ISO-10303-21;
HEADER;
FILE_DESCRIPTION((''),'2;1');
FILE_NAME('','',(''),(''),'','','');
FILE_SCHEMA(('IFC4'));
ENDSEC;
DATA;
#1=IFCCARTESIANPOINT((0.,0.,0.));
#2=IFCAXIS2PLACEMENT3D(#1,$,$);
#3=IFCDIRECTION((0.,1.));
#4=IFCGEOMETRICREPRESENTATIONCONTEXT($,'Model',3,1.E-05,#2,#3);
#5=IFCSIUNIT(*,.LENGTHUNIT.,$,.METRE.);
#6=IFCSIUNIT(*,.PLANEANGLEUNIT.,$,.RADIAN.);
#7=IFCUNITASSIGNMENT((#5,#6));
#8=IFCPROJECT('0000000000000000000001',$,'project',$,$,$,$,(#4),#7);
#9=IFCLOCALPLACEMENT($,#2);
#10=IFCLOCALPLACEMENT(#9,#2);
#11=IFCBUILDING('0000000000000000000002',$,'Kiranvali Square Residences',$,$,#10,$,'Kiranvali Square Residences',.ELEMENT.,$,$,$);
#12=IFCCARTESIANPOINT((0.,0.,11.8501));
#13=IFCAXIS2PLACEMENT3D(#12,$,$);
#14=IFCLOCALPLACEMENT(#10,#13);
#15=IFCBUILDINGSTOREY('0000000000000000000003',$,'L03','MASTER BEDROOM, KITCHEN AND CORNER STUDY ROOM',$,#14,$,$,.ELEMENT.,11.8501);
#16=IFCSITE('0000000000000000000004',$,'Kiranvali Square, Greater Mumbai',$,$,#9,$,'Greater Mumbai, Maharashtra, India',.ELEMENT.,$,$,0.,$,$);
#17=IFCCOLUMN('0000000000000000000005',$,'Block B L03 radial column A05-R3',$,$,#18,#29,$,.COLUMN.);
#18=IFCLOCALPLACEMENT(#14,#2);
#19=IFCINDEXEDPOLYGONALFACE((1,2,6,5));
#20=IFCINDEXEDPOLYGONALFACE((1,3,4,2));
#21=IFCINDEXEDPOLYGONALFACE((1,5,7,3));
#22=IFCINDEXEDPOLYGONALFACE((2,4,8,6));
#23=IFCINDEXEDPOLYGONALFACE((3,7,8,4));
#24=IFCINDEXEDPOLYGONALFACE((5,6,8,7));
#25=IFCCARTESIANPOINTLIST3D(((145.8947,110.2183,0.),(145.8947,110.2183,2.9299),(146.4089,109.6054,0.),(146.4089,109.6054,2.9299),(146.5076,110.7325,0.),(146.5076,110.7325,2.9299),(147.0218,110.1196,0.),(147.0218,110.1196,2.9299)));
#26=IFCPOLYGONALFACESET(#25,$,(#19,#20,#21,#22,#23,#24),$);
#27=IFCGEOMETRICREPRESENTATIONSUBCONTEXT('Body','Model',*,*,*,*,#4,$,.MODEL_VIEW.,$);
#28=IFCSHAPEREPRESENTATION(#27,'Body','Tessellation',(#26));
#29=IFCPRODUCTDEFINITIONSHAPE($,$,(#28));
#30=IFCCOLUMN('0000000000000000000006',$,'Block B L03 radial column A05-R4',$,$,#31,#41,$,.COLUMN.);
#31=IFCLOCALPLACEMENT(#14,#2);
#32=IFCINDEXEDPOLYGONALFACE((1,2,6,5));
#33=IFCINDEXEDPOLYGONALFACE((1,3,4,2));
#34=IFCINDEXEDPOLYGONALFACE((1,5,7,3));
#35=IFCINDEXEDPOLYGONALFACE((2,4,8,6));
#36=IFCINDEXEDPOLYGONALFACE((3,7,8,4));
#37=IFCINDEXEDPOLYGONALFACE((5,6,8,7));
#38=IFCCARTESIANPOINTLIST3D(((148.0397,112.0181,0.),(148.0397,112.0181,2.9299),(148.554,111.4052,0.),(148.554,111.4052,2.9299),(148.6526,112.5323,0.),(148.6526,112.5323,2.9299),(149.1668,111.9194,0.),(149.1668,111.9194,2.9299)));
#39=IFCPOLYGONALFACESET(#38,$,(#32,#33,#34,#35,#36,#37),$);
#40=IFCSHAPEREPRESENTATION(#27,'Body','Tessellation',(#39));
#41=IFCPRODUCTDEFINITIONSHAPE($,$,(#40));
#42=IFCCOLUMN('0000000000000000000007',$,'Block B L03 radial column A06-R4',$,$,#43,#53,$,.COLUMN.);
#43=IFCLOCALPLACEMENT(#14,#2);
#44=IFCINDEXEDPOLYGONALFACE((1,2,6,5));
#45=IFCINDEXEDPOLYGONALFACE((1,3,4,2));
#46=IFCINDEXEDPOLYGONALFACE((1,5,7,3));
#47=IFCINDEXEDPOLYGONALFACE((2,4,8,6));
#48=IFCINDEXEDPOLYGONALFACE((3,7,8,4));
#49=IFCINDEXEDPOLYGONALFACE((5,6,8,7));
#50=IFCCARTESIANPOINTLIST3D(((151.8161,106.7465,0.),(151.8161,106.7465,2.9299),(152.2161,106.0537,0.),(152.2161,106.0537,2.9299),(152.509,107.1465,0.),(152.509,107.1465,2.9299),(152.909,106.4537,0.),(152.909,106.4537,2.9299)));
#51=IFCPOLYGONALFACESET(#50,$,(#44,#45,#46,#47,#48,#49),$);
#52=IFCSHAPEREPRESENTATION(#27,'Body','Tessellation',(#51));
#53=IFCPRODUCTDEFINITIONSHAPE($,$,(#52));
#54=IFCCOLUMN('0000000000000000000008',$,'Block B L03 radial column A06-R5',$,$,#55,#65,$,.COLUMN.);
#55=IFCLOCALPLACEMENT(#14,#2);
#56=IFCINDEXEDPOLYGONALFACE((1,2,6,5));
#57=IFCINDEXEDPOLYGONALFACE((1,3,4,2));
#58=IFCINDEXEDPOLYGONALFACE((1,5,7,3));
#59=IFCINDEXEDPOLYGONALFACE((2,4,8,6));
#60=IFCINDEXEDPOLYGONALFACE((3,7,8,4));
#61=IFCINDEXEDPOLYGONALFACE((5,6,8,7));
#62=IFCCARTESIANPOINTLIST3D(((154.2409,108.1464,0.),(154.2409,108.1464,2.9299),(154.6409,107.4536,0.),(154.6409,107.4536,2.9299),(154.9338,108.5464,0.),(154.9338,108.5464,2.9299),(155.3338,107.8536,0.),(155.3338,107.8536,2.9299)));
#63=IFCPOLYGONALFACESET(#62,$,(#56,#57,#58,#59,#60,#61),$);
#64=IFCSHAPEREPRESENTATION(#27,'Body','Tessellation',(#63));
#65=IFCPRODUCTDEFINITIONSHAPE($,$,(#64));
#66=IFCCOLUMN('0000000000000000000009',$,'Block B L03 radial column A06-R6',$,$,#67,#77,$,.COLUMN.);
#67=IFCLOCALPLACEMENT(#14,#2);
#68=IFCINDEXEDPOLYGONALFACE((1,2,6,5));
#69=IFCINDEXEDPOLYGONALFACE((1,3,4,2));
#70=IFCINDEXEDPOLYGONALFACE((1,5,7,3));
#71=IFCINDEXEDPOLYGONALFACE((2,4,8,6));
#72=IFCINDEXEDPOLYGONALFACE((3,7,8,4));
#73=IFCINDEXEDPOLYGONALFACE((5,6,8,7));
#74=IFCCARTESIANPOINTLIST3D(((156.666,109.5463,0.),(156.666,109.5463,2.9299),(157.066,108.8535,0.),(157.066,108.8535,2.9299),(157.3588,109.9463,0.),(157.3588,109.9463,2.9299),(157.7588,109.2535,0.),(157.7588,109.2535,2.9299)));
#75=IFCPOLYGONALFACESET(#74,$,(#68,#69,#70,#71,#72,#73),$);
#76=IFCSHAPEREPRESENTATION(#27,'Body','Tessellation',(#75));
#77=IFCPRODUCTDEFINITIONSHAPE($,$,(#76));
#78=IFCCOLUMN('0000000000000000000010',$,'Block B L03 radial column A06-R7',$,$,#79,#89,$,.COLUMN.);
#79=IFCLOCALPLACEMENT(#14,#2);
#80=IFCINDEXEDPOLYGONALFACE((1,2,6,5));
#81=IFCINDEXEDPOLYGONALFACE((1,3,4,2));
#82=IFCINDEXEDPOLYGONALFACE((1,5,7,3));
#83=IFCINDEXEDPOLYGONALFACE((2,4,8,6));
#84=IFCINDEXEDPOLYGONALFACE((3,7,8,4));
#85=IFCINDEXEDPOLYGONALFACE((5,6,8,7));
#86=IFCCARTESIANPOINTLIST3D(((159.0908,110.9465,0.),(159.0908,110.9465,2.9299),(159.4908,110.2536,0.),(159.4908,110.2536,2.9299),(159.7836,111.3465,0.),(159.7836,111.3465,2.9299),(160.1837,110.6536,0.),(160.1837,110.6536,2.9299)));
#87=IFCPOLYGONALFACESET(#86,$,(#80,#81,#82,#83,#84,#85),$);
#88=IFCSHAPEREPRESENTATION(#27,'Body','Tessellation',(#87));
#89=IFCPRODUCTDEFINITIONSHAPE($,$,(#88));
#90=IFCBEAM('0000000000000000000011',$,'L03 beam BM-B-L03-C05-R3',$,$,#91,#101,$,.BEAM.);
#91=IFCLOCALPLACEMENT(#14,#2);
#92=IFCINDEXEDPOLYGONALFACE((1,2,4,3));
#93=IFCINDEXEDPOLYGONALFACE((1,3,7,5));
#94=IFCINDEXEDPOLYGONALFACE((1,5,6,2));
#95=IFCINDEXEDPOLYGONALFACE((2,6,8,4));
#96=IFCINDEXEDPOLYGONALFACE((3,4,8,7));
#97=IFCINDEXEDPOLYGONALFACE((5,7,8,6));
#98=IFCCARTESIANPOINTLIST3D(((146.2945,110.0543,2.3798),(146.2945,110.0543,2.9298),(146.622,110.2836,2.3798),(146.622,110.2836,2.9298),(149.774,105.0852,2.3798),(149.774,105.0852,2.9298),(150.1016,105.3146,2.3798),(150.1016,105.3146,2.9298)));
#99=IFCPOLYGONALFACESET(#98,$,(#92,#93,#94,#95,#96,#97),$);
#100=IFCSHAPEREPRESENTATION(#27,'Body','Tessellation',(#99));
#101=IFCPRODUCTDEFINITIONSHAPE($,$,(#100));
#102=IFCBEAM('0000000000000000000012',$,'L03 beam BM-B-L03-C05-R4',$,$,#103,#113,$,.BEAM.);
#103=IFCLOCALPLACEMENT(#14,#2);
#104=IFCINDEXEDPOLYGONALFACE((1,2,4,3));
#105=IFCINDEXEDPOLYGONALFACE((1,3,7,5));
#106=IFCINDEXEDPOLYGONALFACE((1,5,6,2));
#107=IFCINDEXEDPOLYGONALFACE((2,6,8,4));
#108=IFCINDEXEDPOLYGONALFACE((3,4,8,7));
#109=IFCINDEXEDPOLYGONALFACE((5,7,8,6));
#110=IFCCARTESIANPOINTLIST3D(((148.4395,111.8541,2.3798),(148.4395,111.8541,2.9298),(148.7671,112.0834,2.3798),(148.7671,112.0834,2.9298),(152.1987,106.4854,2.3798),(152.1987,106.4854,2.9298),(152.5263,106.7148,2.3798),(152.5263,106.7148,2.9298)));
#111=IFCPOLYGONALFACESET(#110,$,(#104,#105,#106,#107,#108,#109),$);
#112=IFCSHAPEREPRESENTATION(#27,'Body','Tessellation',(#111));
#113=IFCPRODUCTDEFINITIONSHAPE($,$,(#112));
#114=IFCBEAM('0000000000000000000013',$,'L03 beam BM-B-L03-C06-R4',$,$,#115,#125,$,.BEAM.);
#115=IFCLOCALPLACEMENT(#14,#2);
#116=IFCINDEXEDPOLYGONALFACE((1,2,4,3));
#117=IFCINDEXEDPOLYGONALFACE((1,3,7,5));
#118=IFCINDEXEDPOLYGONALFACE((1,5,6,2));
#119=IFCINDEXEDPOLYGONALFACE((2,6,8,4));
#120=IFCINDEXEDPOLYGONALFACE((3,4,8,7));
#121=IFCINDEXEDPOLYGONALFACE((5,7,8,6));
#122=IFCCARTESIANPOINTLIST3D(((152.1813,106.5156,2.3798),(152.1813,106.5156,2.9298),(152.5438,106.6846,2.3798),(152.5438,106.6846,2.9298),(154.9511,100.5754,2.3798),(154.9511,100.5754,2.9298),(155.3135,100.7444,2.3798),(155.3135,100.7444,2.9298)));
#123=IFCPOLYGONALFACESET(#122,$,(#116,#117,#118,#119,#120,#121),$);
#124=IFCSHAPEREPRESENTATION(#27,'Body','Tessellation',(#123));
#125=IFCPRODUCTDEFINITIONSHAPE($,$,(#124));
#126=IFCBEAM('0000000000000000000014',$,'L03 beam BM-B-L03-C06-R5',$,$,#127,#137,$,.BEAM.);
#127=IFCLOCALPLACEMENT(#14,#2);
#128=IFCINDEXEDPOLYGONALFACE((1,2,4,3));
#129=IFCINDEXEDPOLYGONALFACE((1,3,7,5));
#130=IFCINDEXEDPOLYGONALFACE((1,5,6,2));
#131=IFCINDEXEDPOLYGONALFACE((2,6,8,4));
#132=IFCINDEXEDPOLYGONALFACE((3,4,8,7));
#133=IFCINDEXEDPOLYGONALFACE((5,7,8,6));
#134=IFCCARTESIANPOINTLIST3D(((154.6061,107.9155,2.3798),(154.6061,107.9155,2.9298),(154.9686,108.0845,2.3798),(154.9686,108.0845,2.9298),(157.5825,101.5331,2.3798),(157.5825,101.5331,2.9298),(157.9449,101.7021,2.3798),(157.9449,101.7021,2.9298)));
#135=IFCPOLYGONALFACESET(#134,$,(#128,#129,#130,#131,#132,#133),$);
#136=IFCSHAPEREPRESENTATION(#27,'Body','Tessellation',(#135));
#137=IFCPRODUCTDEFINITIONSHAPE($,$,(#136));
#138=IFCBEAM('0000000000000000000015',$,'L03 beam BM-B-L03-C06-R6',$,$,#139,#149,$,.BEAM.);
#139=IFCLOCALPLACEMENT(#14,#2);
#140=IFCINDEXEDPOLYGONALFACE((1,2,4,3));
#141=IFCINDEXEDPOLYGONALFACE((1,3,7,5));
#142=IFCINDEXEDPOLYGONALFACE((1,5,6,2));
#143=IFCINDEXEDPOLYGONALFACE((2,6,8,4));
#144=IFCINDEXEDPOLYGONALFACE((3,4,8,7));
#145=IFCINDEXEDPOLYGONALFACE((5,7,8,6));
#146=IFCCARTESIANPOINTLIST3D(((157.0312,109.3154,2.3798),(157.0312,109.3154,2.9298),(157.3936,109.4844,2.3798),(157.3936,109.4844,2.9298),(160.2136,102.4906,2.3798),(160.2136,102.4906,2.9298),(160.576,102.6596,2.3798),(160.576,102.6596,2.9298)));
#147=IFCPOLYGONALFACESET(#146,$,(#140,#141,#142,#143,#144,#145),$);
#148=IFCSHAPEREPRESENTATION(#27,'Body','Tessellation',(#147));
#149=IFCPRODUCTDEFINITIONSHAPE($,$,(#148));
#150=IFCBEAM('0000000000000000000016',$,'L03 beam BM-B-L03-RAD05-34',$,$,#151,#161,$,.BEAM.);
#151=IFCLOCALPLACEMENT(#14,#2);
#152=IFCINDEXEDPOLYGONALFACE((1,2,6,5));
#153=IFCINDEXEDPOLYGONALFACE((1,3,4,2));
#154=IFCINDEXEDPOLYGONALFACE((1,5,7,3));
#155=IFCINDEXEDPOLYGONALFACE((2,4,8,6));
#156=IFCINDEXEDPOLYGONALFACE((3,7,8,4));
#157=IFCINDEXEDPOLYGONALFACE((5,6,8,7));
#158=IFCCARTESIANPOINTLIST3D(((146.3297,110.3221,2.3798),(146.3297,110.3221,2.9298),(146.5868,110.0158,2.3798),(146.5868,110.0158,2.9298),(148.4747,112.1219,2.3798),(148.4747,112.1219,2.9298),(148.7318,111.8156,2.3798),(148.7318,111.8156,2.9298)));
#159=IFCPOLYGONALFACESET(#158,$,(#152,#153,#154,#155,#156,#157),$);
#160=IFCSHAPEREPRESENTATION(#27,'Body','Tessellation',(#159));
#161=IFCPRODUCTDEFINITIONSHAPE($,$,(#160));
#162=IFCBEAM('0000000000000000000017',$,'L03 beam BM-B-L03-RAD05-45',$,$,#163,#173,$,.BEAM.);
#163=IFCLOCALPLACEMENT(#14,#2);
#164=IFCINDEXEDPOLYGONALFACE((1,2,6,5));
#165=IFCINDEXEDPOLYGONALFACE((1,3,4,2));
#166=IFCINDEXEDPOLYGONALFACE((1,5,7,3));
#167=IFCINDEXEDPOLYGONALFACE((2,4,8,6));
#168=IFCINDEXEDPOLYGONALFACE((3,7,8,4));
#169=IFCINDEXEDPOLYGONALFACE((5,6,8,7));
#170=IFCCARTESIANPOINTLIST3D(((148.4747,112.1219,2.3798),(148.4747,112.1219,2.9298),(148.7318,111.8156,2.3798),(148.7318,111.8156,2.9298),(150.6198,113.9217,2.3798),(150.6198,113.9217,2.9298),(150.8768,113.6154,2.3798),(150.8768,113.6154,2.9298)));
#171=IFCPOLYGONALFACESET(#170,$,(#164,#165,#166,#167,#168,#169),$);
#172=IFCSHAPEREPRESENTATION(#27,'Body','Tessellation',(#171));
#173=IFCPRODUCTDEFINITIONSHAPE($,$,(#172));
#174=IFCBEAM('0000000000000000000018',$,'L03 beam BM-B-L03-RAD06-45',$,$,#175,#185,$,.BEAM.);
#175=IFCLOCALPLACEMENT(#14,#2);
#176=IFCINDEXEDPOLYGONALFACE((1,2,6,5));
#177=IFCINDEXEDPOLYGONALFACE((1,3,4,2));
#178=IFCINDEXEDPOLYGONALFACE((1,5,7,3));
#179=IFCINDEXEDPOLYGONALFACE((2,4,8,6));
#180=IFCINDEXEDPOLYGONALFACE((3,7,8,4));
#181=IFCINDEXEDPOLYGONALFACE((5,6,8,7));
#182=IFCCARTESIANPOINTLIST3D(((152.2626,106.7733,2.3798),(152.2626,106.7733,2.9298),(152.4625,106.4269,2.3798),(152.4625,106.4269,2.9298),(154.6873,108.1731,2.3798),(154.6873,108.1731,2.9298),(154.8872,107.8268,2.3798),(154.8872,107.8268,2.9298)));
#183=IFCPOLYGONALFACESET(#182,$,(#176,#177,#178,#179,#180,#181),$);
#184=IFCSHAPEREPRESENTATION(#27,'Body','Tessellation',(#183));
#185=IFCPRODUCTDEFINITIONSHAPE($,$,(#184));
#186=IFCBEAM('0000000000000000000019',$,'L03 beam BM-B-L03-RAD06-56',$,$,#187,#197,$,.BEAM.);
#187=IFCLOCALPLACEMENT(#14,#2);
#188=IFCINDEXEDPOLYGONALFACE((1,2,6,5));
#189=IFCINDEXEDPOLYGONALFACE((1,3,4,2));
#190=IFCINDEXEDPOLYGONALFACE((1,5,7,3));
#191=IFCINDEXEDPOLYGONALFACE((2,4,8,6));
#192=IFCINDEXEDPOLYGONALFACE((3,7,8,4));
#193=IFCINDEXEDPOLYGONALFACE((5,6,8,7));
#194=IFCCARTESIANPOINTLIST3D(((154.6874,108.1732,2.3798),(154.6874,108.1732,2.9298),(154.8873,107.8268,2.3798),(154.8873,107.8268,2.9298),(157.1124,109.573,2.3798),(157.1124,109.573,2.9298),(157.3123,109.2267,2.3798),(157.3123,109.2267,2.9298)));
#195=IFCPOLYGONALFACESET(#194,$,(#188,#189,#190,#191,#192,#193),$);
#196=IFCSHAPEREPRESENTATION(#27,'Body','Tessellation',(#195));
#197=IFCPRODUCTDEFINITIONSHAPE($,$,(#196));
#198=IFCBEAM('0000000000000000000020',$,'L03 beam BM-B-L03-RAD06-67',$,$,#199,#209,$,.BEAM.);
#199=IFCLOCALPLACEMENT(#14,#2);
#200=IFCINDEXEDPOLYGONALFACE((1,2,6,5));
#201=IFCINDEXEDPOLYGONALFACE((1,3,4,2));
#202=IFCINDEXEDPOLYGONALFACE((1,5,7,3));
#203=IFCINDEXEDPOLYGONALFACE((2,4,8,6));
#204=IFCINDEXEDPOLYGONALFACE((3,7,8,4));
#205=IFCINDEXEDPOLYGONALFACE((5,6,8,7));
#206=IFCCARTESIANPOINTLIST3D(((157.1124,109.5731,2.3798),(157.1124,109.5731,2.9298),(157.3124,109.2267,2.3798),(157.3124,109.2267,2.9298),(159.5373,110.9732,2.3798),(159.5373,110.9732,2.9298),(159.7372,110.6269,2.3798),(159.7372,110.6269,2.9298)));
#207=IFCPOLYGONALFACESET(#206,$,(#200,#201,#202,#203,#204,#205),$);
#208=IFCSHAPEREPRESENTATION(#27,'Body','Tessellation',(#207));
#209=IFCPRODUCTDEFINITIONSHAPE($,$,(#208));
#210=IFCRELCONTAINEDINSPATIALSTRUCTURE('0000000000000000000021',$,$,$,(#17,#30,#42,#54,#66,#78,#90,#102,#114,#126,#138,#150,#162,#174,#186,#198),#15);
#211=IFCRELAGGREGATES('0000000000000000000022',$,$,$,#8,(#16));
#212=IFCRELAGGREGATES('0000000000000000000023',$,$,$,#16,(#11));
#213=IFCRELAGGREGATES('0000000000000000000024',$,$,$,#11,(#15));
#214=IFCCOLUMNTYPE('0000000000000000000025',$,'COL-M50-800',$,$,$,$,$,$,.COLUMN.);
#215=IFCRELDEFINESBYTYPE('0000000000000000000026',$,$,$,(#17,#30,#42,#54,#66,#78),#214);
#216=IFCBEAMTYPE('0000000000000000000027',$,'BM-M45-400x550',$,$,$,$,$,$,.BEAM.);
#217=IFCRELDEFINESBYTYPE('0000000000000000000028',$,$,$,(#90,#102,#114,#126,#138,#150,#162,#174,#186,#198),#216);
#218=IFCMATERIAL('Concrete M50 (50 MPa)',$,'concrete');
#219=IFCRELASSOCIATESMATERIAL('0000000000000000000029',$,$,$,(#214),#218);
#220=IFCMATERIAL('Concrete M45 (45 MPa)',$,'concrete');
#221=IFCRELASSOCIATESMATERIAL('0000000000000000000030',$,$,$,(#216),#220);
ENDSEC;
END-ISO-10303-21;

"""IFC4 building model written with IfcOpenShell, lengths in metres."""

from ifc_helpers import new_model, si_unit, direction, frame, origin, origin_2d, place, context, subcontext, project, spatial, rectangle, extrude, material, material_profile, profile_set, type_object, element, save


model = new_model("IFC4")

# Units and contexts
model_context = context("Model", 3, precision=1e-05, world=origin(), true_north=direction((0.0, 1.0)))
body_context = subcontext(model_context, "Body", "Model", "MODEL_VIEW")
ifc_project = project(units=[si_unit("LENGTHUNIT", "METRE"), si_unit("PLANEANGLEUNIT", "RADIAN")], contexts=[model_context])

# Site, building, storey
site_placement = place(None, origin())
site = spatial("IfcSite", under=ifc_project, at=site_placement, Name="Kiranvali Square, Greater Mumbai", LongName="Greater Mumbai, Maharashtra, India", CompositionType="ELEMENT", RefElevation=0.0)
building_placement = place(site_placement, origin())
building = spatial("IfcBuilding", under=site, at=building_placement, Name="Kiranvali Square Residences", LongName="Kiranvali Square Residences", CompositionType="ELEMENT")
storey_placement = place(building_placement, frame((0.0, 0.0, 11.8501)))
storey = spatial("IfcBuildingStorey", under=building, at=storey_placement, Name="L03", Description="MASTER BEDROOM, KITCHEN AND CORNER STUDY ROOM", CompositionType="ELEMENT", Elevation=11.8501)

# Columns
ifc_material_1 = material(Name="Concrete M50 (50 MPa)", Category="concrete")
ifc_material_profile_1 = material_profile(ifc_material_1, rectangle(XDim=0.8, YDim=0.8, at=origin_2d()), Name="RC 800x800")
ifc_profile_set_1 = profile_set([ifc_material_profile_1], Name="Concrete M50 (50 MPa)")
column_type = type_object("IfcColumnType", Name="COL-M50-800", PredefinedType="COLUMN", material=ifc_profile_set_1)
for number, where, z_axis, x_axis, name in (
    (1, (146.4583, 110.1689, 0.0), (0.0, 0.0, 1.0), (-0.642788, 0.766044, 0.0), "Block B L03 radial column A05-R3"),
    (2, (148.6033, 111.9688, 0.0), (0.0, 0.0, 1.0), (-0.642788, 0.766044, 0.0), "Block B L03 radial column A05-R4"),
    (3, (152.3625, 106.6001, 0.0), (0.0, 0.0, 1.0), (-0.5, 0.866025, 0.0), "Block B L03 radial column A06-R4"),
    (4, (154.7874, 108.0, 0.0), (0.0, 0.0, 1.0), (-0.5, 0.866025, 0.0), "Block B L03 radial column A06-R5"),
    (5, (157.2124, 109.3999, 0.0), (0.0, 0.0, 1.0), (-0.5, 0.866025, 0.0), "Block B L03 radial column A06-R6"),
    (6, (159.6372, 110.8, 0.0), (0.0, 0.0, 1.0), (-0.5, 0.866025, 0.0), "Block B L03 radial column A06-R7"),
):
    element("IfcColumn", number, at=place(storey_placement, frame(where, z_axis=z_axis, x_axis=x_axis)), inside=storey, type_object=column_type, Name=name, PredefinedType="COLUMN", context=body_context, shape_type="SweptSolid", body=[
        extrude(rectangle(XDim=0.8, YDim=0.8, at=origin_2d()), origin(), (0.0, 0.0, 1.0), 2.9299),
    ])

# Beams
ifc_material_2 = material(Name="Concrete M45 (45 MPa)", Category="concrete")
ifc_material_profile_2 = material_profile(ifc_material_2, rectangle(XDim=0.3999, YDim=0.55, at=origin_2d()), Name="RC 400x550")
ifc_profile_set_2 = profile_set([ifc_material_profile_2], Name="Concrete M45 (45 MPa)")
beam_type_1 = type_object("IfcBeamType", Name="BM-M45-400x550", PredefinedType="BEAM", material=ifc_profile_set_2)
beam_1_placement = place(storey_placement, frame((146.4583, 110.1689, 2.6548), z_axis=(0.573595, -0.819139, 0.0), x_axis=(0.819139, 0.573595, 0.0)))
element("IfcBeam", 7, at=beam_1_placement, inside=storey, type_object=beam_type_1, Name="L03 beam BM-B-L03-C05-R3", PredefinedType="BEAM", context=body_context, shape_type="SweptSolid", body=[
    extrude(rectangle(XDim=0.3999, YDim=0.55, at=origin_2d()), origin(), (0.0, 0.0, 1.0), 6.0662),
])
beam_2_placement = place(storey_placement, frame((148.6033, 111.9688, 2.6548), z_axis=(0.573587, -0.819144, 0.0), x_axis=(0.819144, 0.573587, 0.0)))
element("IfcBeam", 8, at=beam_2_placement, inside=storey, type_object=beam_type_1, Name="L03 beam BM-B-L03-C05-R4", PredefinedType="BEAM", context=body_context, shape_type="SweptSolid", body=[
    extrude(rectangle(XDim=0.3999, YDim=0.55, at=origin_2d()), origin(), (0.0, 0.0, 1.0), 6.554),
])
beam_3_placement = place(storey_placement, frame((152.3625, 106.6001, 2.6548), z_axis=(0.422596, -0.906318, 0.0), x_axis=(0.906318, 0.422596, 0.0)))
element("IfcBeam", 9, at=beam_3_placement, inside=storey, type_object=beam_type_1, Name="L03 beam BM-B-L03-C06-R4", PredefinedType="BEAM", context=body_context, shape_type="SweptSolid", body=[
    extrude(rectangle(XDim=0.3999, YDim=0.55, at=origin_2d()), origin(), (0.0, 0.0, 1.0), 6.5542),
])
beam_4_placement = place(storey_placement, frame((154.7874, 108.0, 2.6548), z_axis=(0.422641, -0.906297, 0.0), x_axis=(0.906297, 0.422641, 0.0)))
element("IfcBeam", 10, at=beam_4_placement, inside=storey, type_object=beam_type_1, Name="L03 beam BM-B-L03-C06-R5", PredefinedType="BEAM", context=body_context, shape_type="SweptSolid", body=[
    extrude(rectangle(XDim=0.3999, YDim=0.55, at=origin_2d()), origin(), (0.0, 0.0, 1.0), 7.0422),
])
beam_5_placement = place(storey_placement, frame((157.2124, 109.3999, 2.6548), z_axis=(0.422614, -0.90631, 0.0), x_axis=(0.90631, 0.422614, 0.0)))
element("IfcBeam", 11, at=beam_5_placement, inside=storey, type_object=beam_type_1, Name="L03 beam BM-B-L03-C06-R6", PredefinedType="BEAM", context=body_context, shape_type="SweptSolid", body=[
    extrude(rectangle(XDim=0.3999, YDim=0.55, at=origin_2d()), origin(), (0.0, 0.0, 1.0), 7.5303),
])
for number, where, z_axis, x_axis, name in (
    (12, (146.4583, 110.1689, 2.6548), (0.766059, 0.642771, 0.0), (-0.642771, 0.766059, 0.0), "L03 beam BM-B-L03-RAD05-34"),
    (13, (148.6033, 111.9688, 2.6548), (0.766059, 0.642771, 0.0), (-0.642771, 0.766059, 0.0), "L03 beam BM-B-L03-RAD05-45"),
):
    element("IfcBeam", number, at=place(storey_placement, frame(where, z_axis=z_axis, x_axis=x_axis)), inside=storey, type_object=beam_type_1, Name=name, PredefinedType="BEAM", context=body_context, shape_type="SweptSolid", body=[
        extrude(rectangle(XDim=0.3999, YDim=0.55, at=origin_2d()), origin(), (0.0, 0.0, 1.0), 2.8),
    ])
beam_6_placement = place(storey_placement, frame((152.3625, 106.6001, 2.6548), z_axis=(0.866035, 0.499984, 0.0), x_axis=(-0.499984, 0.866035, 0.0)))
element("IfcBeam", 14, at=beam_6_placement, inside=storey, type_object=beam_type_1, Name="L03 beam BM-B-L03-RAD06-45", PredefinedType="BEAM", context=body_context, shape_type="SweptSolid", body=[
    extrude(rectangle(XDim=0.3999, YDim=0.55, at=origin_2d()), origin(), (0.0, 0.0, 1.0), 2.7998),
])
for number, where, z_axis, x_axis, name in (
    (15, (154.7874, 108.0, 2.6548), (0.866056, 0.499946, 0.0), (-0.499946, 0.866056, 0.0), "L03 beam BM-B-L03-RAD06-56"),
    (16, (157.2124, 109.3999, 2.6548), (0.865997, 0.50005, 0.0), (-0.50005, 0.865997, 0.0), "L03 beam BM-B-L03-RAD06-67"),
):
    element("IfcBeam", number, at=place(storey_placement, frame(where, z_axis=z_axis, x_axis=x_axis)), inside=storey, type_object=beam_type_1, Name=name, PredefinedType="BEAM", context=body_context, shape_type="SweptSolid", body=[
        extrude(rectangle(XDim=0.3999, YDim=0.55, at=origin_2d()), origin(), (0.0, 0.0, 1.0), 2.8),
    ])

save(model, "model.ifc")
